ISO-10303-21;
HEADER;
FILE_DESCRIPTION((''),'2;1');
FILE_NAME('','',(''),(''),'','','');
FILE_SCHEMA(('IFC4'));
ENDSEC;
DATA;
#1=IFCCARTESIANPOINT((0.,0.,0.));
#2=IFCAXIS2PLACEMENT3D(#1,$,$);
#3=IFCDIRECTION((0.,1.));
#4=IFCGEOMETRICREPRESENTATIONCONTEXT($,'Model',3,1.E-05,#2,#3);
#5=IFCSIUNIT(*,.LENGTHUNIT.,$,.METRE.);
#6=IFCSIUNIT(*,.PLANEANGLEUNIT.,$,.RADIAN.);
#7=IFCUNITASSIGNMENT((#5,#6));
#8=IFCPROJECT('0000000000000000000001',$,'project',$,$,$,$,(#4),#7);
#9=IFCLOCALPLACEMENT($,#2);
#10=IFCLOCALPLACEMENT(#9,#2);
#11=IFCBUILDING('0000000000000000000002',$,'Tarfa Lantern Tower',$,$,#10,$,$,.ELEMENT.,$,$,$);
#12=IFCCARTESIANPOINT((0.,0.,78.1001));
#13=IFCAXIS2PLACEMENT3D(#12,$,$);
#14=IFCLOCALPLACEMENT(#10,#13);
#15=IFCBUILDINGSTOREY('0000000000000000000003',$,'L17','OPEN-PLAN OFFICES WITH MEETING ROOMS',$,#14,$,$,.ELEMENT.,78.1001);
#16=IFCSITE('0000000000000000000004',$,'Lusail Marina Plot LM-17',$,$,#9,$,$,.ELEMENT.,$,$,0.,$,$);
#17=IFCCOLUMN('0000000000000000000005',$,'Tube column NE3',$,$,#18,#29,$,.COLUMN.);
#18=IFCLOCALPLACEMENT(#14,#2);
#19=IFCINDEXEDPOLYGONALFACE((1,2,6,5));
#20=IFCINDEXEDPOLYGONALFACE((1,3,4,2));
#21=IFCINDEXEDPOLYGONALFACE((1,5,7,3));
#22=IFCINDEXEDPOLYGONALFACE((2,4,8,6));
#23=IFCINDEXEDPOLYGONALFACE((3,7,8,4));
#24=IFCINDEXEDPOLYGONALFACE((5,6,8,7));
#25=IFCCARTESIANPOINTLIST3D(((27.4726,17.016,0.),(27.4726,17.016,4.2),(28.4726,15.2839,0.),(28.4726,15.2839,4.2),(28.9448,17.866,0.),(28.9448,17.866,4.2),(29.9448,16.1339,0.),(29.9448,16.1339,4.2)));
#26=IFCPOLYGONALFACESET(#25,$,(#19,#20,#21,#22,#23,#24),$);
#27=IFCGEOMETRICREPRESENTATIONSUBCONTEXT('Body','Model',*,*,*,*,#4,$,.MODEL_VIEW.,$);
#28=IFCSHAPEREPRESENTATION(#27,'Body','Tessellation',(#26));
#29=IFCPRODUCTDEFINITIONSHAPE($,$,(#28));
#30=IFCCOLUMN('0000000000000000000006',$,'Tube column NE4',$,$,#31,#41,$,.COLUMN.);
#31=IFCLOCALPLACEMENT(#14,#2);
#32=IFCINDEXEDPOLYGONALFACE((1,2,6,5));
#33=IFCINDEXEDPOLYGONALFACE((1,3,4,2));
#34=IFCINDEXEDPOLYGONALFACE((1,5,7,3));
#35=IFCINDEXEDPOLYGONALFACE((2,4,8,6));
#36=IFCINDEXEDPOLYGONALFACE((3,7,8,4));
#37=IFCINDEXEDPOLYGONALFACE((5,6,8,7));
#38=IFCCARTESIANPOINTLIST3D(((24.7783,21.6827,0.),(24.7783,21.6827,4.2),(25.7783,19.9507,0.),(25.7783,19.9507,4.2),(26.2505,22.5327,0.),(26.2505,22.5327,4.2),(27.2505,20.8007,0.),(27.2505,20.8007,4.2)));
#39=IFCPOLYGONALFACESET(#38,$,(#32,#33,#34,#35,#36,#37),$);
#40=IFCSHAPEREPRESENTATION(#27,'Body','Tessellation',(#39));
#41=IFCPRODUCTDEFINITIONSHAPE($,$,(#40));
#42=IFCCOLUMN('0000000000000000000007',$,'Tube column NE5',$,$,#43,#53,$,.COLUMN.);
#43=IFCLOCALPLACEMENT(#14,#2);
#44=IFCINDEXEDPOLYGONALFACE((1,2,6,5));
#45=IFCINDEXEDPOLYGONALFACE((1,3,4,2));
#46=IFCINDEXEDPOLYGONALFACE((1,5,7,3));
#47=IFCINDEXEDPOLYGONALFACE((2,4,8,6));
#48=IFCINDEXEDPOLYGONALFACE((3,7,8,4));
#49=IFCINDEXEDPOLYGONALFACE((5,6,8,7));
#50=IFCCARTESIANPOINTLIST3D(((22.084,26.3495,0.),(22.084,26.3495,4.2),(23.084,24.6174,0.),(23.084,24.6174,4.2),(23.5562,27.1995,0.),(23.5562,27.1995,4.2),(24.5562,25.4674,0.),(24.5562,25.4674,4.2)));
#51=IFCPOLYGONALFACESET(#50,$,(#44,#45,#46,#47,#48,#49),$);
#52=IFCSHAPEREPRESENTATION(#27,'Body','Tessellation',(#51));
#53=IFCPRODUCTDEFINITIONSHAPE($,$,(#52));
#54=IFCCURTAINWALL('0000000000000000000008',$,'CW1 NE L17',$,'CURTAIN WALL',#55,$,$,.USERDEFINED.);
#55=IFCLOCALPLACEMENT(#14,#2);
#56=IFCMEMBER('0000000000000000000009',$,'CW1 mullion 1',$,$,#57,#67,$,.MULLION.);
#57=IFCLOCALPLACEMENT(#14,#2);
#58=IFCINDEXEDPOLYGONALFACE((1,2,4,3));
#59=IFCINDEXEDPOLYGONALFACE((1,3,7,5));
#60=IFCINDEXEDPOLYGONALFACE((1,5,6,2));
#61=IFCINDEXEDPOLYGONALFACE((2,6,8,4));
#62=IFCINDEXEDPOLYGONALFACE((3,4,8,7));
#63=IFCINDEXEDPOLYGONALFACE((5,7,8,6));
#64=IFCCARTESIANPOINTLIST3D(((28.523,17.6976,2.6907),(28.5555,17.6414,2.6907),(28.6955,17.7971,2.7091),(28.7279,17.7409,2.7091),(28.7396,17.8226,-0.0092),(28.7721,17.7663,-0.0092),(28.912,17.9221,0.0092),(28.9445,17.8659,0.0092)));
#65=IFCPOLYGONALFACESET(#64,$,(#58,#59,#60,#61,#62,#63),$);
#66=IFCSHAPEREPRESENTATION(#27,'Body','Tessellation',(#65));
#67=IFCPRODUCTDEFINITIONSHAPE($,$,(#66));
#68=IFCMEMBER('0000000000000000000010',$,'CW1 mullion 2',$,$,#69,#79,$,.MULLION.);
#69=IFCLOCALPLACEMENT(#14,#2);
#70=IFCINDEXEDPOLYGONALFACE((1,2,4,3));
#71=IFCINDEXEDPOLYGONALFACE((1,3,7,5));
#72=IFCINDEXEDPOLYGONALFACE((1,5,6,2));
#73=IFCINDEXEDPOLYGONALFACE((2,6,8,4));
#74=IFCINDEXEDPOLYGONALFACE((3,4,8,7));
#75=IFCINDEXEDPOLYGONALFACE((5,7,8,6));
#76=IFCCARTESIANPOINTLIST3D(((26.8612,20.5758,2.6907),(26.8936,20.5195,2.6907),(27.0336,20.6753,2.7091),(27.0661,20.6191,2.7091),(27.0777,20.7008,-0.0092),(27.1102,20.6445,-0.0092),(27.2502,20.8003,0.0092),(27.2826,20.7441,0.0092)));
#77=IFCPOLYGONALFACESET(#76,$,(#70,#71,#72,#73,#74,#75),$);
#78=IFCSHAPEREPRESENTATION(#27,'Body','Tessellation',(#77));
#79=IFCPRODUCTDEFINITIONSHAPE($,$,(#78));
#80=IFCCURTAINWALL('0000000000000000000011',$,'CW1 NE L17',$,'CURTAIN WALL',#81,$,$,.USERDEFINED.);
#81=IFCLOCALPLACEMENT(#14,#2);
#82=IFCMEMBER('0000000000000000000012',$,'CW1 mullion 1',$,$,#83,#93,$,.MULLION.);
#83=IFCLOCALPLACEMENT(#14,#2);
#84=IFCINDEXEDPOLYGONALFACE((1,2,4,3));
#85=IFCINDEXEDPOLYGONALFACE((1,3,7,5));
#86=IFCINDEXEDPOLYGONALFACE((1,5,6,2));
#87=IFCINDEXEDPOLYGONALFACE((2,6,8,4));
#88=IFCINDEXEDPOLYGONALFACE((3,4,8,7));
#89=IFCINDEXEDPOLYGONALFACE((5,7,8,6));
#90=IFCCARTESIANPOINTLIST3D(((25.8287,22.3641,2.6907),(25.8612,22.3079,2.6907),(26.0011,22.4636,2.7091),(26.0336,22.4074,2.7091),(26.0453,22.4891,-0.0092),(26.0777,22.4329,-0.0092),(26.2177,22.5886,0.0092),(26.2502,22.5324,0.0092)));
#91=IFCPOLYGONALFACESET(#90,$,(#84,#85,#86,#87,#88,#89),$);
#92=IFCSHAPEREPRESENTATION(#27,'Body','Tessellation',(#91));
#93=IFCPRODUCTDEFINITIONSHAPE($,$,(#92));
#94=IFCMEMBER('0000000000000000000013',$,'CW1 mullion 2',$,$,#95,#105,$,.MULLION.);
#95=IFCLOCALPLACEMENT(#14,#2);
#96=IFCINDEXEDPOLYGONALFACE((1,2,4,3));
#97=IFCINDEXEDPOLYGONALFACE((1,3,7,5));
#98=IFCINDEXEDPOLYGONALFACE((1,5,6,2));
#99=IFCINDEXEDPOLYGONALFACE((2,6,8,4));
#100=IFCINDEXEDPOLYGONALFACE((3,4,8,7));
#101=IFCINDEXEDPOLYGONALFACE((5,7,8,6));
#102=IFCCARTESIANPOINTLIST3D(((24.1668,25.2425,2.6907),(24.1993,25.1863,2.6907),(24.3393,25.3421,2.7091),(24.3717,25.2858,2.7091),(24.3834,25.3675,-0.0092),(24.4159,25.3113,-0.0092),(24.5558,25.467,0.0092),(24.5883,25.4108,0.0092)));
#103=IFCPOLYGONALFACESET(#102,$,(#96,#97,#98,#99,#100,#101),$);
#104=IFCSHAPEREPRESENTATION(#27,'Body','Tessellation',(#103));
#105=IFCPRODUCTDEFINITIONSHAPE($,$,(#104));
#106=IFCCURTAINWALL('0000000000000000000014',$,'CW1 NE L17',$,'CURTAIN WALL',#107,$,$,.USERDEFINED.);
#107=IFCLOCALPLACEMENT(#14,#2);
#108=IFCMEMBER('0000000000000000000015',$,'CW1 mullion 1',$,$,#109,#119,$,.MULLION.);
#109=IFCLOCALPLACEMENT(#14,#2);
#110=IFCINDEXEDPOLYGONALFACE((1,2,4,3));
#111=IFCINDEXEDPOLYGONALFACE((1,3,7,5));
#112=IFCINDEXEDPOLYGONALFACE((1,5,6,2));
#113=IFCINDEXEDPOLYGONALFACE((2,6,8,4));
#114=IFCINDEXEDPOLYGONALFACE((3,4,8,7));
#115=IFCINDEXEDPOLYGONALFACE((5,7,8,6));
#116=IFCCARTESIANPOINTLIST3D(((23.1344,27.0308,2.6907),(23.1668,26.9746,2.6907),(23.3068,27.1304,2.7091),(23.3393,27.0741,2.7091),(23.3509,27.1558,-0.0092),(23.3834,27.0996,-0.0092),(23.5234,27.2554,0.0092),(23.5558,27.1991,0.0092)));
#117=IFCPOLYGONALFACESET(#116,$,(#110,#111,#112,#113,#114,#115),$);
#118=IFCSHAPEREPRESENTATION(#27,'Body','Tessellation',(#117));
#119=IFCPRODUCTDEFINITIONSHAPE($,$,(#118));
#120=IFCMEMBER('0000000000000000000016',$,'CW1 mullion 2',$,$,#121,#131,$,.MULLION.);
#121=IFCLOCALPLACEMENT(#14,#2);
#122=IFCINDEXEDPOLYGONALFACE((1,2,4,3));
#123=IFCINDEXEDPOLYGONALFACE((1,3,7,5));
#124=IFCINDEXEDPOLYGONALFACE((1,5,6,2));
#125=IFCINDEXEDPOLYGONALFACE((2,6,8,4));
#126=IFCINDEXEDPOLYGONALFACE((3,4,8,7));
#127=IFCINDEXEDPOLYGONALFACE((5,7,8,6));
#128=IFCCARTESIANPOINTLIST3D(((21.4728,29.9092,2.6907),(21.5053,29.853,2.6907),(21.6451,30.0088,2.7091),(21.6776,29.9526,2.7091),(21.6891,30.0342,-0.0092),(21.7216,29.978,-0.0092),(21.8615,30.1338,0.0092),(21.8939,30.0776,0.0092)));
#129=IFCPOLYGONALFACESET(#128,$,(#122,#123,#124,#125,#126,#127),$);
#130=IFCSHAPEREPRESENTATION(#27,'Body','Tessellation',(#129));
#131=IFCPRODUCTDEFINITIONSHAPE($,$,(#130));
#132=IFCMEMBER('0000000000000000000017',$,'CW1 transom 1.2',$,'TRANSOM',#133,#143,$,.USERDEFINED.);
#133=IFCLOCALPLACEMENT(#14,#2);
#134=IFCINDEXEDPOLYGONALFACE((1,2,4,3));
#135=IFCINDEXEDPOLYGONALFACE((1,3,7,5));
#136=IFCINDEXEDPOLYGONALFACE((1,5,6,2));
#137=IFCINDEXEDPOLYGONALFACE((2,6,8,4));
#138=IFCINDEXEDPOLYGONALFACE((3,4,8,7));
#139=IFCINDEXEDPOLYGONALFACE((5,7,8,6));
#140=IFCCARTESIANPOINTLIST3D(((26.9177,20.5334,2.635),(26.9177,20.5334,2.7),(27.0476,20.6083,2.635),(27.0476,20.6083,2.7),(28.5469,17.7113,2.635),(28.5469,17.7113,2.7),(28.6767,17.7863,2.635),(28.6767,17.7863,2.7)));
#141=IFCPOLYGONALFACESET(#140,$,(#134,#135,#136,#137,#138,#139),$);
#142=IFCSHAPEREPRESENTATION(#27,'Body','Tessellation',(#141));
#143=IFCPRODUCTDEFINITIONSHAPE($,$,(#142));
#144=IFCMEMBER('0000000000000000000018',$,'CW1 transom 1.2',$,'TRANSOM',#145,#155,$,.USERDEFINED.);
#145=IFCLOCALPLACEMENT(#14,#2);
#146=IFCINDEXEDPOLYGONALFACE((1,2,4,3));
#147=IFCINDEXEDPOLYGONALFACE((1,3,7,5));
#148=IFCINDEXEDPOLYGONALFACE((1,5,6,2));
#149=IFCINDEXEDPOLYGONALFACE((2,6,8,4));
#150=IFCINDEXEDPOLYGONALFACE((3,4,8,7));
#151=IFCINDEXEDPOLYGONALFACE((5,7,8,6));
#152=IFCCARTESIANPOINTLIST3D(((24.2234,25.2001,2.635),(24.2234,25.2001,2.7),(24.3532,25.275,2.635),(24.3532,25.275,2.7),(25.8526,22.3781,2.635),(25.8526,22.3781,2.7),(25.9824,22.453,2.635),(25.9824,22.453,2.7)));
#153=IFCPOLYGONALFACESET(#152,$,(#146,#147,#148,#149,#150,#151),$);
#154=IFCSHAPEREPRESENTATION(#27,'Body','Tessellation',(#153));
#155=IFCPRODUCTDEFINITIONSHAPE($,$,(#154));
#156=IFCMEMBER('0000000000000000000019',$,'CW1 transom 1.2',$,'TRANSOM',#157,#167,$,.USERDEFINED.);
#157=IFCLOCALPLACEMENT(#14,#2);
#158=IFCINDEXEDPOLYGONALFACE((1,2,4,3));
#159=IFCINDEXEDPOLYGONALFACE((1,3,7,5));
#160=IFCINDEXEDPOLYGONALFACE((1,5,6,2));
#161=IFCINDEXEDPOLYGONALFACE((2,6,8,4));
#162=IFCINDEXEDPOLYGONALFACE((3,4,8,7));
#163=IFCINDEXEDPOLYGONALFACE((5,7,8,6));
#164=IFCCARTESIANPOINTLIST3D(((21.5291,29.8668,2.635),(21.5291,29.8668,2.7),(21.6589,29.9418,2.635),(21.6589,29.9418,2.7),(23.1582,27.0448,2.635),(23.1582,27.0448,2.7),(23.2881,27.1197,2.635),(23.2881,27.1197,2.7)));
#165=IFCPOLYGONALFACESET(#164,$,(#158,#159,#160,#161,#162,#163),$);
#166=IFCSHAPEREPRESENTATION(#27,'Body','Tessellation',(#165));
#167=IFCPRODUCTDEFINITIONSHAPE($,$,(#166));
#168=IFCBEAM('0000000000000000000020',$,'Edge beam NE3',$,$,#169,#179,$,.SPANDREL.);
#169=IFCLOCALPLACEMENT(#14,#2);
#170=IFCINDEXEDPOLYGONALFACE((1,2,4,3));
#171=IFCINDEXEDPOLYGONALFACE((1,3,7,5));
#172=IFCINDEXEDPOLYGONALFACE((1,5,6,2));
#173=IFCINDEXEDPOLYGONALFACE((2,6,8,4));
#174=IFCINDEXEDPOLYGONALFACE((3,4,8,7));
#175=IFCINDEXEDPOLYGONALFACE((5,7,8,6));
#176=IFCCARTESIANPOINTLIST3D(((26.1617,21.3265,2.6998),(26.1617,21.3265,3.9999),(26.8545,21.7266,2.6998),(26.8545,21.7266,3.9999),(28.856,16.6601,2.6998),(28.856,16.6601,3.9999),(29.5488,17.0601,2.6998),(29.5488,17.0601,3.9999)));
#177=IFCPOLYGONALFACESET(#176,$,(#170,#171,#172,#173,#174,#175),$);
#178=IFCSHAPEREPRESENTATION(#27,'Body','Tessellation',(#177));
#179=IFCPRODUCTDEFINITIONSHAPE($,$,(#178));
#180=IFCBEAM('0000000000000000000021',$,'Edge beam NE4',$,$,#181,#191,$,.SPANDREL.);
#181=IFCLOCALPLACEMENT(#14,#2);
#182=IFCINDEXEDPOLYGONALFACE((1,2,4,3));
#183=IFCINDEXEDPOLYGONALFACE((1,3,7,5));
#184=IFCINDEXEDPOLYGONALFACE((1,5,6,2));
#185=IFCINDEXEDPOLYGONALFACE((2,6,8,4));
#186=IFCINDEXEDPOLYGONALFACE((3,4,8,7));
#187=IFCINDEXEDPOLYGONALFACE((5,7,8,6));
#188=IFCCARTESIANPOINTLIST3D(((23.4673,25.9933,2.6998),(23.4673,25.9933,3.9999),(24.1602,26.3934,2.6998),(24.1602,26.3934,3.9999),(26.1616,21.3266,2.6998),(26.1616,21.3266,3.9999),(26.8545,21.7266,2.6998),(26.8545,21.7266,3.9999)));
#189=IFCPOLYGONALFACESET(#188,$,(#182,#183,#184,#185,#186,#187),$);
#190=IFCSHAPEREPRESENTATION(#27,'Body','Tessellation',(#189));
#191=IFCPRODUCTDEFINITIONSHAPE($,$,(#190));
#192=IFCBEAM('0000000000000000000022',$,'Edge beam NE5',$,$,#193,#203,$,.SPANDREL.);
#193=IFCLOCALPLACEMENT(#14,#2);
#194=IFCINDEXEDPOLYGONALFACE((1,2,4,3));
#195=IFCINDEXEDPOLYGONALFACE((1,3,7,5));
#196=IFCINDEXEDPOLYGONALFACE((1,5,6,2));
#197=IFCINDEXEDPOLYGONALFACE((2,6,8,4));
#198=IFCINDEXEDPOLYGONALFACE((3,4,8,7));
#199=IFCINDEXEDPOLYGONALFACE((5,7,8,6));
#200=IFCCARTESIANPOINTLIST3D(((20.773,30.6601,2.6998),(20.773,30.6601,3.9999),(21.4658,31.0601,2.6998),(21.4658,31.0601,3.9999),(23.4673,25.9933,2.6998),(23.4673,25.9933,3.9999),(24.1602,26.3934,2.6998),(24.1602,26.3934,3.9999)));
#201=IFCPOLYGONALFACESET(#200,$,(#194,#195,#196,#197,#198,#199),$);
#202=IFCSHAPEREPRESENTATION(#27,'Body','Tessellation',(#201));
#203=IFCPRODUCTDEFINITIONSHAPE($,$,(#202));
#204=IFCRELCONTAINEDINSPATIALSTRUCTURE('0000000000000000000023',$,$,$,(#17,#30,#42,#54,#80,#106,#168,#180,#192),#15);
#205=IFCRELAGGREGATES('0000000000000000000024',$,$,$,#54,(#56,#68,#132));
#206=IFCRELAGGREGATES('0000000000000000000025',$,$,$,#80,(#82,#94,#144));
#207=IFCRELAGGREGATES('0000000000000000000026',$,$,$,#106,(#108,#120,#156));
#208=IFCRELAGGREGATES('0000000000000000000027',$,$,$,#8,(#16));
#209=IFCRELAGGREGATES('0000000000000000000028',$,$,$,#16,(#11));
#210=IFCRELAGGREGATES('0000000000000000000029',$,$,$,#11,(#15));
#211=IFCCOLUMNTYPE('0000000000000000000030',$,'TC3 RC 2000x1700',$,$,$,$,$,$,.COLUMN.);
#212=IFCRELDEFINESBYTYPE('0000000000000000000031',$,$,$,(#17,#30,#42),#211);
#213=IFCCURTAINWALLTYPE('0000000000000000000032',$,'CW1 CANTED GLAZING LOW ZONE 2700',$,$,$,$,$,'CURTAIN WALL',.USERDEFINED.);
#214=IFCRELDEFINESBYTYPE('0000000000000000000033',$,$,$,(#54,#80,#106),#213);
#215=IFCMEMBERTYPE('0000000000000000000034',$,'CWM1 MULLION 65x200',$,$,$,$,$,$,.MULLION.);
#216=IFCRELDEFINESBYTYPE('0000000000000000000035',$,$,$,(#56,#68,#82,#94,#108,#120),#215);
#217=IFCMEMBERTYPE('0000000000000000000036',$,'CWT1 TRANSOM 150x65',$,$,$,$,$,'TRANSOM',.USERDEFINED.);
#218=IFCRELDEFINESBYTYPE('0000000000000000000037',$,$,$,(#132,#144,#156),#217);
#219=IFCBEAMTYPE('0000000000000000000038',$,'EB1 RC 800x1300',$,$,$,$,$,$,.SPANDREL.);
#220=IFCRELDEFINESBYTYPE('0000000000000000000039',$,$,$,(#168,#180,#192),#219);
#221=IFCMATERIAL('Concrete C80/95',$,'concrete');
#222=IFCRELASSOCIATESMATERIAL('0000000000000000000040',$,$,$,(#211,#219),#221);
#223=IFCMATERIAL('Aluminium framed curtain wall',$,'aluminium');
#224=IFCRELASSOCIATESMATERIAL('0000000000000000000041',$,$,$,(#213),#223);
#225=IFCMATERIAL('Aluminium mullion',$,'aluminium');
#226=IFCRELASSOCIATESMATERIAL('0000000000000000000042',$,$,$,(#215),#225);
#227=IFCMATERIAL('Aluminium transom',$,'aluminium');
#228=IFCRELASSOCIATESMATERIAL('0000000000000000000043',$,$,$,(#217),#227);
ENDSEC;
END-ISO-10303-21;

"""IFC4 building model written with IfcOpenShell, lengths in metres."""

from ifc_helpers import new_model, si_unit, direction, frame, origin, origin_2d, place, context, subcontext, project, spatial, rectangle, extrude, material, material_profile, profile_set, type_object, element, aggregate, save


model = new_model("IFC4")

# Units and contexts
model_context = context("Model", 3, precision=1e-05, world=origin(), true_north=direction((0.0, 1.0)))
body_context = subcontext(model_context, "Body", "Model", "MODEL_VIEW")
ifc_project = project(units=[si_unit("LENGTHUNIT", "METRE"), si_unit("PLANEANGLEUNIT", "RADIAN")], contexts=[model_context])

# Site, building, storey
site_placement = place(None, origin())
site = spatial("IfcSite", under=ifc_project, at=site_placement, Name="Lusail Marina Plot LM-17", CompositionType="ELEMENT", RefElevation=0.0)
building_placement = place(site_placement, origin())
building = spatial("IfcBuilding", under=site, at=building_placement, Name="Tarfa Lantern Tower", CompositionType="ELEMENT")
storey_placement = place(building_placement, frame((0.0, 0.0, 78.1001)))
storey = spatial("IfcBuildingStorey", under=building, at=storey_placement, Name="L17", Description="OPEN-PLAN OFFICES WITH MEETING ROOMS", CompositionType="ELEMENT", Elevation=78.1001)

# Columns
ifc_material_1 = material(Name="Concrete C80/95", Category="concrete")
ifc_material_profile_1 = material_profile(ifc_material_1, rectangle(XDim=2.0, YDim=1.7, at=origin_2d()), Name="RC 2000x1700")
ifc_profile_set_1 = profile_set([ifc_material_profile_1], Name="Concrete C80/95")
column_type = type_object("IfcColumnType", Name="TC3 RC 2000x1700", PredefinedType="COLUMN", material=ifc_profile_set_1)
for number, where, z_axis, x_axis, name in (
    (1, (28.7087, 16.575, 0.0), (0.0, 0.0, 1.0), (-0.5, 0.866025, 0.0), "Tube column NE3"),
    (2, (26.0144, 21.2417, 0.0), (0.0, 0.0, 1.0), (-0.5, 0.866025, 0.0), "Tube column NE4"),
    (3, (23.3201, 25.9084, 0.0), (0.0, 0.0, 1.0), (-0.5, 0.866025, 0.0), "Tube column NE5"),
):
    element("IfcColumn", number, at=place(storey_placement, frame(where, z_axis=z_axis, x_axis=x_axis)), inside=storey, type_object=column_type, Name=name, PredefinedType="COLUMN", context=body_context, shape_type="SweptSolid", body=[
        extrude(rectangle(XDim=2.0, YDim=1.7, at=origin_2d()), origin(), (0.0, 0.0, 1.0), 4.2),
    ])

# Curtain walls, members
ifc_material_2 = material(Name="Aluminium framed curtain wall", Category="aluminium")
curtain_wall_type = type_object("IfcCurtainWallType", Name="CW1 CANTED GLAZING LOW ZONE 2700", ElementType="CURTAIN WALL", PredefinedType="USERDEFINED", material=ifc_material_2)
curtain_wall_1_placement = place(storey_placement, origin())
curtain_wall_1 = element("IfcCurtainWall", 4, at=curtain_wall_1_placement, inside=storey, type_object=curtain_wall_type, Name="CW1 NE L17", ObjectType="CURTAIN WALL", PredefinedType="USERDEFINED")
ifc_material_3 = material(Name="Aluminium mullion", Category="aluminium")
ifc_material_profile_2 = material_profile(ifc_material_3, rectangle(XDim=0.0649, YDim=0.2, at=origin_2d()), Name="AL MULLION 65x200")
ifc_profile_set_2 = profile_set([ifc_material_profile_2], Name="Aluminium mullion")
member_type_1 = type_object("IfcMemberType", Name="CWM1 MULLION 65x200", PredefinedType="MULLION", material=ifc_profile_set_2)
member_1_placement = place(storey_placement, frame((28.842, 17.8442, 0.0), z_axis=(-0.079864, -0.0461, 0.995739), x_axis=(0.49992, -0.866072, 0.0)))
member_1 = element("IfcMember", 5, at=member_1_placement, type_object=member_type_1, Name="CW1 mullion 1", PredefinedType="MULLION", context=body_context, shape_type="SweptSolid", body=[
    extrude(rectangle(XDim=0.0649, YDim=0.2, at=origin_2d()), origin(), (0.0, 0.0, 1.0), 2.7114),
])
member_2_placement = place(storey_placement, frame((27.1802, 20.7224, 0.0), z_axis=(-0.079864, -0.0461, 0.995739), x_axis=(0.49992, -0.866072, 0.0)))
member_2 = element("IfcMember", 6, at=member_2_placement, type_object=member_type_1, Name="CW1 mullion 2", PredefinedType="MULLION", context=body_context, shape_type="SweptSolid", body=[
    extrude(rectangle(XDim=0.0649, YDim=0.2, at=origin_2d()), origin(), (0.0, 0.0, 1.0), 2.7114),
])
curtain_wall_2_placement = place(storey_placement, origin())
curtain_wall_2 = element("IfcCurtainWall", 7, at=curtain_wall_2_placement, inside=storey, type_object=curtain_wall_type, Name="CW1 NE L17", ObjectType="CURTAIN WALL", PredefinedType="USERDEFINED")
member_3_placement = place(storey_placement, frame((26.1477, 22.5107, 0.0), z_axis=(-0.079864, -0.0461, 0.995739), x_axis=(0.49992, -0.866072, 0.0)))
member_3 = element("IfcMember", 8, at=member_3_placement, type_object=member_type_1, Name="CW1 mullion 1", PredefinedType="MULLION", context=body_context, shape_type="SweptSolid", body=[
    extrude(rectangle(XDim=0.0649, YDim=0.2, at=origin_2d()), origin(), (0.0, 0.0, 1.0), 2.7114),
])
member_4_placement = place(storey_placement, frame((24.4858, 25.3892, 0.0), z_axis=(-0.079864, -0.0461, 0.995739), x_axis=(0.49992, -0.866072, 0.0)))
member_4 = element("IfcMember", 9, at=member_4_placement, type_object=member_type_1, Name="CW1 mullion 2", PredefinedType="MULLION", context=body_context, shape_type="SweptSolid", body=[
    extrude(rectangle(XDim=0.0649, YDim=0.2, at=origin_2d()), origin(), (0.0, 0.0, 1.0), 2.7114),
])
curtain_wall_3_placement = place(storey_placement, origin())
curtain_wall_3 = element("IfcCurtainWall", 10, at=curtain_wall_3_placement, inside=storey, type_object=curtain_wall_type, Name="CW1 NE L17", ObjectType="CURTAIN WALL", PredefinedType="USERDEFINED")
member_5_placement = place(storey_placement, frame((23.4534, 27.1775, 0.0), z_axis=(-0.079864, -0.0461, 0.995739), x_axis=(0.49992, -0.866072, 0.0)))
member_5 = element("IfcMember", 11, at=member_5_placement, type_object=member_type_1, Name="CW1 mullion 1", PredefinedType="MULLION", context=body_context, shape_type="SweptSolid", body=[
    extrude(rectangle(XDim=0.0649, YDim=0.2, at=origin_2d()), origin(), (0.0, 0.0, 1.0), 2.7114),
])
member_6_placement = place(storey_placement, frame((21.7915, 30.0559, 0.0), z_axis=(-0.079775, -0.0461, 0.995746), x_axis=(0.500343, -0.865827, 0.0)))
member_6 = element("IfcMember", 12, at=member_6_placement, type_object=member_type_1, Name="CW1 mullion 2", PredefinedType="MULLION", context=body_context, shape_type="SweptSolid", body=[
    extrude(rectangle(XDim=0.0649, YDim=0.2, at=origin_2d()), origin(), (0.0, 0.0, 1.0), 2.7114),
])

# Members
ifc_material_4 = material(Name="Aluminium transom", Category="aluminium")
ifc_material_profile_3 = material_profile(ifc_material_4, rectangle(XDim=0.1499, YDim=0.0649, at=origin_2d()), Name="AL TRANSOM 150x65")
ifc_profile_set_3 = profile_set([ifc_material_profile_3], Name="Aluminium transom")
member_type_2 = type_object("IfcMemberType", Name="CWT1 TRANSOM 150x65", ElementType="TRANSOM", PredefinedType="USERDEFINED", material=ifc_profile_set_3)
member_7_placement = place(storey_placement, frame((28.6118, 17.7488, 2.6675), z_axis=(-0.499967, 0.866045, 0.0), x_axis=(-0.866045, -0.499967, 0.0)))
member_7 = element("IfcMember", 13, at=member_7_placement, type_object=member_type_2, Name="CW1 transom 1.2", ObjectType="TRANSOM", PredefinedType="USERDEFINED", context=body_context, shape_type="SweptSolid", body=[
    extrude(rectangle(XDim=0.1499, YDim=0.0649, at=origin_2d()), origin(), (0.0, 0.0, 1.0), 3.2585),
])
member_8_placement = place(storey_placement, frame((25.9175, 22.4155, 2.6675), z_axis=(-0.499967, 0.866045, 0.0), x_axis=(-0.866045, -0.499967, 0.0)))
member_8 = element("IfcMember", 14, at=member_8_placement, type_object=member_type_2, Name="CW1 transom 1.2", ObjectType="TRANSOM", PredefinedType="USERDEFINED", context=body_context, shape_type="SweptSolid", body=[
    extrude(rectangle(XDim=0.1499, YDim=0.0649, at=origin_2d()), origin(), (0.0, 0.0, 1.0), 3.2585),
])
member_9_placement = place(storey_placement, frame((23.2231, 27.0823, 2.6675), z_axis=(-0.499967, 0.866045, 0.0), x_axis=(-0.866045, -0.499967, 0.0)))
member_9 = element("IfcMember", 15, at=member_9_placement, type_object=member_type_2, Name="CW1 transom 1.2", ObjectType="TRANSOM", PredefinedType="USERDEFINED", context=body_context, shape_type="SweptSolid", body=[
    extrude(rectangle(XDim=0.1499, YDim=0.0649, at=origin_2d()), origin(), (0.0, 0.0, 1.0), 3.2585),
])

# Beams
ifc_material_profile_4 = material_profile(ifc_material_1, rectangle(XDim=0.8, YDim=1.3, at=origin_2d()), Name="RC 800x1300")
ifc_profile_set_4 = profile_set([ifc_material_profile_4], Name="Concrete C80/95")
beam_type_1 = type_object("IfcBeamType", Name="EB1 RC 800x1300", PredefinedType="SPANDREL", material=ifc_profile_set_4)
beam_1_placement = place(storey_placement, frame((29.2024, 16.8601, 3.3499), z_axis=(-0.500018, 0.866015, 0.0), x_axis=(-0.866015, -0.500018, 0.0)))
element("IfcBeam", 16, at=beam_1_placement, inside=storey, type_object=beam_type_1, Name="Edge beam NE3", PredefinedType="SPANDREL", context=body_context, shape_type="SweptSolid", body=[
    extrude(rectangle(XDim=0.8, YDim=1.3, at=origin_2d()), origin(), (0.0, 0.0, 1.0), 5.3884),
])
for number, where, z_axis, x_axis, name in (
    (17, (26.5081, 21.5266, 3.3499), (-0.499998, 0.866026, 0.0), (-0.866026, -0.499998, 0.0), "Edge beam NE4"),
    (18, (23.8137, 26.1934, 3.3499), (-0.499998, 0.866026, 0.0), (-0.866026, -0.499998, 0.0), "Edge beam NE5"),
):
    element("IfcBeam", number, at=place(storey_placement, frame(where, z_axis=z_axis, x_axis=x_axis)), inside=storey, type_object=beam_type_1, Name=name, PredefinedType="SPANDREL", context=body_context, shape_type="SweptSolid", body=[
        extrude(rectangle(XDim=0.8, YDim=1.3, at=origin_2d()), origin(), (0.0, 0.0, 1.0), 5.3887),
    ])

aggregate(curtain_wall_1, [member_1, member_2, member_7])
aggregate(curtain_wall_2, [member_3, member_4, member_8])
aggregate(curtain_wall_3, [member_5, member_6, member_9])

save(model, "model.ifc")
